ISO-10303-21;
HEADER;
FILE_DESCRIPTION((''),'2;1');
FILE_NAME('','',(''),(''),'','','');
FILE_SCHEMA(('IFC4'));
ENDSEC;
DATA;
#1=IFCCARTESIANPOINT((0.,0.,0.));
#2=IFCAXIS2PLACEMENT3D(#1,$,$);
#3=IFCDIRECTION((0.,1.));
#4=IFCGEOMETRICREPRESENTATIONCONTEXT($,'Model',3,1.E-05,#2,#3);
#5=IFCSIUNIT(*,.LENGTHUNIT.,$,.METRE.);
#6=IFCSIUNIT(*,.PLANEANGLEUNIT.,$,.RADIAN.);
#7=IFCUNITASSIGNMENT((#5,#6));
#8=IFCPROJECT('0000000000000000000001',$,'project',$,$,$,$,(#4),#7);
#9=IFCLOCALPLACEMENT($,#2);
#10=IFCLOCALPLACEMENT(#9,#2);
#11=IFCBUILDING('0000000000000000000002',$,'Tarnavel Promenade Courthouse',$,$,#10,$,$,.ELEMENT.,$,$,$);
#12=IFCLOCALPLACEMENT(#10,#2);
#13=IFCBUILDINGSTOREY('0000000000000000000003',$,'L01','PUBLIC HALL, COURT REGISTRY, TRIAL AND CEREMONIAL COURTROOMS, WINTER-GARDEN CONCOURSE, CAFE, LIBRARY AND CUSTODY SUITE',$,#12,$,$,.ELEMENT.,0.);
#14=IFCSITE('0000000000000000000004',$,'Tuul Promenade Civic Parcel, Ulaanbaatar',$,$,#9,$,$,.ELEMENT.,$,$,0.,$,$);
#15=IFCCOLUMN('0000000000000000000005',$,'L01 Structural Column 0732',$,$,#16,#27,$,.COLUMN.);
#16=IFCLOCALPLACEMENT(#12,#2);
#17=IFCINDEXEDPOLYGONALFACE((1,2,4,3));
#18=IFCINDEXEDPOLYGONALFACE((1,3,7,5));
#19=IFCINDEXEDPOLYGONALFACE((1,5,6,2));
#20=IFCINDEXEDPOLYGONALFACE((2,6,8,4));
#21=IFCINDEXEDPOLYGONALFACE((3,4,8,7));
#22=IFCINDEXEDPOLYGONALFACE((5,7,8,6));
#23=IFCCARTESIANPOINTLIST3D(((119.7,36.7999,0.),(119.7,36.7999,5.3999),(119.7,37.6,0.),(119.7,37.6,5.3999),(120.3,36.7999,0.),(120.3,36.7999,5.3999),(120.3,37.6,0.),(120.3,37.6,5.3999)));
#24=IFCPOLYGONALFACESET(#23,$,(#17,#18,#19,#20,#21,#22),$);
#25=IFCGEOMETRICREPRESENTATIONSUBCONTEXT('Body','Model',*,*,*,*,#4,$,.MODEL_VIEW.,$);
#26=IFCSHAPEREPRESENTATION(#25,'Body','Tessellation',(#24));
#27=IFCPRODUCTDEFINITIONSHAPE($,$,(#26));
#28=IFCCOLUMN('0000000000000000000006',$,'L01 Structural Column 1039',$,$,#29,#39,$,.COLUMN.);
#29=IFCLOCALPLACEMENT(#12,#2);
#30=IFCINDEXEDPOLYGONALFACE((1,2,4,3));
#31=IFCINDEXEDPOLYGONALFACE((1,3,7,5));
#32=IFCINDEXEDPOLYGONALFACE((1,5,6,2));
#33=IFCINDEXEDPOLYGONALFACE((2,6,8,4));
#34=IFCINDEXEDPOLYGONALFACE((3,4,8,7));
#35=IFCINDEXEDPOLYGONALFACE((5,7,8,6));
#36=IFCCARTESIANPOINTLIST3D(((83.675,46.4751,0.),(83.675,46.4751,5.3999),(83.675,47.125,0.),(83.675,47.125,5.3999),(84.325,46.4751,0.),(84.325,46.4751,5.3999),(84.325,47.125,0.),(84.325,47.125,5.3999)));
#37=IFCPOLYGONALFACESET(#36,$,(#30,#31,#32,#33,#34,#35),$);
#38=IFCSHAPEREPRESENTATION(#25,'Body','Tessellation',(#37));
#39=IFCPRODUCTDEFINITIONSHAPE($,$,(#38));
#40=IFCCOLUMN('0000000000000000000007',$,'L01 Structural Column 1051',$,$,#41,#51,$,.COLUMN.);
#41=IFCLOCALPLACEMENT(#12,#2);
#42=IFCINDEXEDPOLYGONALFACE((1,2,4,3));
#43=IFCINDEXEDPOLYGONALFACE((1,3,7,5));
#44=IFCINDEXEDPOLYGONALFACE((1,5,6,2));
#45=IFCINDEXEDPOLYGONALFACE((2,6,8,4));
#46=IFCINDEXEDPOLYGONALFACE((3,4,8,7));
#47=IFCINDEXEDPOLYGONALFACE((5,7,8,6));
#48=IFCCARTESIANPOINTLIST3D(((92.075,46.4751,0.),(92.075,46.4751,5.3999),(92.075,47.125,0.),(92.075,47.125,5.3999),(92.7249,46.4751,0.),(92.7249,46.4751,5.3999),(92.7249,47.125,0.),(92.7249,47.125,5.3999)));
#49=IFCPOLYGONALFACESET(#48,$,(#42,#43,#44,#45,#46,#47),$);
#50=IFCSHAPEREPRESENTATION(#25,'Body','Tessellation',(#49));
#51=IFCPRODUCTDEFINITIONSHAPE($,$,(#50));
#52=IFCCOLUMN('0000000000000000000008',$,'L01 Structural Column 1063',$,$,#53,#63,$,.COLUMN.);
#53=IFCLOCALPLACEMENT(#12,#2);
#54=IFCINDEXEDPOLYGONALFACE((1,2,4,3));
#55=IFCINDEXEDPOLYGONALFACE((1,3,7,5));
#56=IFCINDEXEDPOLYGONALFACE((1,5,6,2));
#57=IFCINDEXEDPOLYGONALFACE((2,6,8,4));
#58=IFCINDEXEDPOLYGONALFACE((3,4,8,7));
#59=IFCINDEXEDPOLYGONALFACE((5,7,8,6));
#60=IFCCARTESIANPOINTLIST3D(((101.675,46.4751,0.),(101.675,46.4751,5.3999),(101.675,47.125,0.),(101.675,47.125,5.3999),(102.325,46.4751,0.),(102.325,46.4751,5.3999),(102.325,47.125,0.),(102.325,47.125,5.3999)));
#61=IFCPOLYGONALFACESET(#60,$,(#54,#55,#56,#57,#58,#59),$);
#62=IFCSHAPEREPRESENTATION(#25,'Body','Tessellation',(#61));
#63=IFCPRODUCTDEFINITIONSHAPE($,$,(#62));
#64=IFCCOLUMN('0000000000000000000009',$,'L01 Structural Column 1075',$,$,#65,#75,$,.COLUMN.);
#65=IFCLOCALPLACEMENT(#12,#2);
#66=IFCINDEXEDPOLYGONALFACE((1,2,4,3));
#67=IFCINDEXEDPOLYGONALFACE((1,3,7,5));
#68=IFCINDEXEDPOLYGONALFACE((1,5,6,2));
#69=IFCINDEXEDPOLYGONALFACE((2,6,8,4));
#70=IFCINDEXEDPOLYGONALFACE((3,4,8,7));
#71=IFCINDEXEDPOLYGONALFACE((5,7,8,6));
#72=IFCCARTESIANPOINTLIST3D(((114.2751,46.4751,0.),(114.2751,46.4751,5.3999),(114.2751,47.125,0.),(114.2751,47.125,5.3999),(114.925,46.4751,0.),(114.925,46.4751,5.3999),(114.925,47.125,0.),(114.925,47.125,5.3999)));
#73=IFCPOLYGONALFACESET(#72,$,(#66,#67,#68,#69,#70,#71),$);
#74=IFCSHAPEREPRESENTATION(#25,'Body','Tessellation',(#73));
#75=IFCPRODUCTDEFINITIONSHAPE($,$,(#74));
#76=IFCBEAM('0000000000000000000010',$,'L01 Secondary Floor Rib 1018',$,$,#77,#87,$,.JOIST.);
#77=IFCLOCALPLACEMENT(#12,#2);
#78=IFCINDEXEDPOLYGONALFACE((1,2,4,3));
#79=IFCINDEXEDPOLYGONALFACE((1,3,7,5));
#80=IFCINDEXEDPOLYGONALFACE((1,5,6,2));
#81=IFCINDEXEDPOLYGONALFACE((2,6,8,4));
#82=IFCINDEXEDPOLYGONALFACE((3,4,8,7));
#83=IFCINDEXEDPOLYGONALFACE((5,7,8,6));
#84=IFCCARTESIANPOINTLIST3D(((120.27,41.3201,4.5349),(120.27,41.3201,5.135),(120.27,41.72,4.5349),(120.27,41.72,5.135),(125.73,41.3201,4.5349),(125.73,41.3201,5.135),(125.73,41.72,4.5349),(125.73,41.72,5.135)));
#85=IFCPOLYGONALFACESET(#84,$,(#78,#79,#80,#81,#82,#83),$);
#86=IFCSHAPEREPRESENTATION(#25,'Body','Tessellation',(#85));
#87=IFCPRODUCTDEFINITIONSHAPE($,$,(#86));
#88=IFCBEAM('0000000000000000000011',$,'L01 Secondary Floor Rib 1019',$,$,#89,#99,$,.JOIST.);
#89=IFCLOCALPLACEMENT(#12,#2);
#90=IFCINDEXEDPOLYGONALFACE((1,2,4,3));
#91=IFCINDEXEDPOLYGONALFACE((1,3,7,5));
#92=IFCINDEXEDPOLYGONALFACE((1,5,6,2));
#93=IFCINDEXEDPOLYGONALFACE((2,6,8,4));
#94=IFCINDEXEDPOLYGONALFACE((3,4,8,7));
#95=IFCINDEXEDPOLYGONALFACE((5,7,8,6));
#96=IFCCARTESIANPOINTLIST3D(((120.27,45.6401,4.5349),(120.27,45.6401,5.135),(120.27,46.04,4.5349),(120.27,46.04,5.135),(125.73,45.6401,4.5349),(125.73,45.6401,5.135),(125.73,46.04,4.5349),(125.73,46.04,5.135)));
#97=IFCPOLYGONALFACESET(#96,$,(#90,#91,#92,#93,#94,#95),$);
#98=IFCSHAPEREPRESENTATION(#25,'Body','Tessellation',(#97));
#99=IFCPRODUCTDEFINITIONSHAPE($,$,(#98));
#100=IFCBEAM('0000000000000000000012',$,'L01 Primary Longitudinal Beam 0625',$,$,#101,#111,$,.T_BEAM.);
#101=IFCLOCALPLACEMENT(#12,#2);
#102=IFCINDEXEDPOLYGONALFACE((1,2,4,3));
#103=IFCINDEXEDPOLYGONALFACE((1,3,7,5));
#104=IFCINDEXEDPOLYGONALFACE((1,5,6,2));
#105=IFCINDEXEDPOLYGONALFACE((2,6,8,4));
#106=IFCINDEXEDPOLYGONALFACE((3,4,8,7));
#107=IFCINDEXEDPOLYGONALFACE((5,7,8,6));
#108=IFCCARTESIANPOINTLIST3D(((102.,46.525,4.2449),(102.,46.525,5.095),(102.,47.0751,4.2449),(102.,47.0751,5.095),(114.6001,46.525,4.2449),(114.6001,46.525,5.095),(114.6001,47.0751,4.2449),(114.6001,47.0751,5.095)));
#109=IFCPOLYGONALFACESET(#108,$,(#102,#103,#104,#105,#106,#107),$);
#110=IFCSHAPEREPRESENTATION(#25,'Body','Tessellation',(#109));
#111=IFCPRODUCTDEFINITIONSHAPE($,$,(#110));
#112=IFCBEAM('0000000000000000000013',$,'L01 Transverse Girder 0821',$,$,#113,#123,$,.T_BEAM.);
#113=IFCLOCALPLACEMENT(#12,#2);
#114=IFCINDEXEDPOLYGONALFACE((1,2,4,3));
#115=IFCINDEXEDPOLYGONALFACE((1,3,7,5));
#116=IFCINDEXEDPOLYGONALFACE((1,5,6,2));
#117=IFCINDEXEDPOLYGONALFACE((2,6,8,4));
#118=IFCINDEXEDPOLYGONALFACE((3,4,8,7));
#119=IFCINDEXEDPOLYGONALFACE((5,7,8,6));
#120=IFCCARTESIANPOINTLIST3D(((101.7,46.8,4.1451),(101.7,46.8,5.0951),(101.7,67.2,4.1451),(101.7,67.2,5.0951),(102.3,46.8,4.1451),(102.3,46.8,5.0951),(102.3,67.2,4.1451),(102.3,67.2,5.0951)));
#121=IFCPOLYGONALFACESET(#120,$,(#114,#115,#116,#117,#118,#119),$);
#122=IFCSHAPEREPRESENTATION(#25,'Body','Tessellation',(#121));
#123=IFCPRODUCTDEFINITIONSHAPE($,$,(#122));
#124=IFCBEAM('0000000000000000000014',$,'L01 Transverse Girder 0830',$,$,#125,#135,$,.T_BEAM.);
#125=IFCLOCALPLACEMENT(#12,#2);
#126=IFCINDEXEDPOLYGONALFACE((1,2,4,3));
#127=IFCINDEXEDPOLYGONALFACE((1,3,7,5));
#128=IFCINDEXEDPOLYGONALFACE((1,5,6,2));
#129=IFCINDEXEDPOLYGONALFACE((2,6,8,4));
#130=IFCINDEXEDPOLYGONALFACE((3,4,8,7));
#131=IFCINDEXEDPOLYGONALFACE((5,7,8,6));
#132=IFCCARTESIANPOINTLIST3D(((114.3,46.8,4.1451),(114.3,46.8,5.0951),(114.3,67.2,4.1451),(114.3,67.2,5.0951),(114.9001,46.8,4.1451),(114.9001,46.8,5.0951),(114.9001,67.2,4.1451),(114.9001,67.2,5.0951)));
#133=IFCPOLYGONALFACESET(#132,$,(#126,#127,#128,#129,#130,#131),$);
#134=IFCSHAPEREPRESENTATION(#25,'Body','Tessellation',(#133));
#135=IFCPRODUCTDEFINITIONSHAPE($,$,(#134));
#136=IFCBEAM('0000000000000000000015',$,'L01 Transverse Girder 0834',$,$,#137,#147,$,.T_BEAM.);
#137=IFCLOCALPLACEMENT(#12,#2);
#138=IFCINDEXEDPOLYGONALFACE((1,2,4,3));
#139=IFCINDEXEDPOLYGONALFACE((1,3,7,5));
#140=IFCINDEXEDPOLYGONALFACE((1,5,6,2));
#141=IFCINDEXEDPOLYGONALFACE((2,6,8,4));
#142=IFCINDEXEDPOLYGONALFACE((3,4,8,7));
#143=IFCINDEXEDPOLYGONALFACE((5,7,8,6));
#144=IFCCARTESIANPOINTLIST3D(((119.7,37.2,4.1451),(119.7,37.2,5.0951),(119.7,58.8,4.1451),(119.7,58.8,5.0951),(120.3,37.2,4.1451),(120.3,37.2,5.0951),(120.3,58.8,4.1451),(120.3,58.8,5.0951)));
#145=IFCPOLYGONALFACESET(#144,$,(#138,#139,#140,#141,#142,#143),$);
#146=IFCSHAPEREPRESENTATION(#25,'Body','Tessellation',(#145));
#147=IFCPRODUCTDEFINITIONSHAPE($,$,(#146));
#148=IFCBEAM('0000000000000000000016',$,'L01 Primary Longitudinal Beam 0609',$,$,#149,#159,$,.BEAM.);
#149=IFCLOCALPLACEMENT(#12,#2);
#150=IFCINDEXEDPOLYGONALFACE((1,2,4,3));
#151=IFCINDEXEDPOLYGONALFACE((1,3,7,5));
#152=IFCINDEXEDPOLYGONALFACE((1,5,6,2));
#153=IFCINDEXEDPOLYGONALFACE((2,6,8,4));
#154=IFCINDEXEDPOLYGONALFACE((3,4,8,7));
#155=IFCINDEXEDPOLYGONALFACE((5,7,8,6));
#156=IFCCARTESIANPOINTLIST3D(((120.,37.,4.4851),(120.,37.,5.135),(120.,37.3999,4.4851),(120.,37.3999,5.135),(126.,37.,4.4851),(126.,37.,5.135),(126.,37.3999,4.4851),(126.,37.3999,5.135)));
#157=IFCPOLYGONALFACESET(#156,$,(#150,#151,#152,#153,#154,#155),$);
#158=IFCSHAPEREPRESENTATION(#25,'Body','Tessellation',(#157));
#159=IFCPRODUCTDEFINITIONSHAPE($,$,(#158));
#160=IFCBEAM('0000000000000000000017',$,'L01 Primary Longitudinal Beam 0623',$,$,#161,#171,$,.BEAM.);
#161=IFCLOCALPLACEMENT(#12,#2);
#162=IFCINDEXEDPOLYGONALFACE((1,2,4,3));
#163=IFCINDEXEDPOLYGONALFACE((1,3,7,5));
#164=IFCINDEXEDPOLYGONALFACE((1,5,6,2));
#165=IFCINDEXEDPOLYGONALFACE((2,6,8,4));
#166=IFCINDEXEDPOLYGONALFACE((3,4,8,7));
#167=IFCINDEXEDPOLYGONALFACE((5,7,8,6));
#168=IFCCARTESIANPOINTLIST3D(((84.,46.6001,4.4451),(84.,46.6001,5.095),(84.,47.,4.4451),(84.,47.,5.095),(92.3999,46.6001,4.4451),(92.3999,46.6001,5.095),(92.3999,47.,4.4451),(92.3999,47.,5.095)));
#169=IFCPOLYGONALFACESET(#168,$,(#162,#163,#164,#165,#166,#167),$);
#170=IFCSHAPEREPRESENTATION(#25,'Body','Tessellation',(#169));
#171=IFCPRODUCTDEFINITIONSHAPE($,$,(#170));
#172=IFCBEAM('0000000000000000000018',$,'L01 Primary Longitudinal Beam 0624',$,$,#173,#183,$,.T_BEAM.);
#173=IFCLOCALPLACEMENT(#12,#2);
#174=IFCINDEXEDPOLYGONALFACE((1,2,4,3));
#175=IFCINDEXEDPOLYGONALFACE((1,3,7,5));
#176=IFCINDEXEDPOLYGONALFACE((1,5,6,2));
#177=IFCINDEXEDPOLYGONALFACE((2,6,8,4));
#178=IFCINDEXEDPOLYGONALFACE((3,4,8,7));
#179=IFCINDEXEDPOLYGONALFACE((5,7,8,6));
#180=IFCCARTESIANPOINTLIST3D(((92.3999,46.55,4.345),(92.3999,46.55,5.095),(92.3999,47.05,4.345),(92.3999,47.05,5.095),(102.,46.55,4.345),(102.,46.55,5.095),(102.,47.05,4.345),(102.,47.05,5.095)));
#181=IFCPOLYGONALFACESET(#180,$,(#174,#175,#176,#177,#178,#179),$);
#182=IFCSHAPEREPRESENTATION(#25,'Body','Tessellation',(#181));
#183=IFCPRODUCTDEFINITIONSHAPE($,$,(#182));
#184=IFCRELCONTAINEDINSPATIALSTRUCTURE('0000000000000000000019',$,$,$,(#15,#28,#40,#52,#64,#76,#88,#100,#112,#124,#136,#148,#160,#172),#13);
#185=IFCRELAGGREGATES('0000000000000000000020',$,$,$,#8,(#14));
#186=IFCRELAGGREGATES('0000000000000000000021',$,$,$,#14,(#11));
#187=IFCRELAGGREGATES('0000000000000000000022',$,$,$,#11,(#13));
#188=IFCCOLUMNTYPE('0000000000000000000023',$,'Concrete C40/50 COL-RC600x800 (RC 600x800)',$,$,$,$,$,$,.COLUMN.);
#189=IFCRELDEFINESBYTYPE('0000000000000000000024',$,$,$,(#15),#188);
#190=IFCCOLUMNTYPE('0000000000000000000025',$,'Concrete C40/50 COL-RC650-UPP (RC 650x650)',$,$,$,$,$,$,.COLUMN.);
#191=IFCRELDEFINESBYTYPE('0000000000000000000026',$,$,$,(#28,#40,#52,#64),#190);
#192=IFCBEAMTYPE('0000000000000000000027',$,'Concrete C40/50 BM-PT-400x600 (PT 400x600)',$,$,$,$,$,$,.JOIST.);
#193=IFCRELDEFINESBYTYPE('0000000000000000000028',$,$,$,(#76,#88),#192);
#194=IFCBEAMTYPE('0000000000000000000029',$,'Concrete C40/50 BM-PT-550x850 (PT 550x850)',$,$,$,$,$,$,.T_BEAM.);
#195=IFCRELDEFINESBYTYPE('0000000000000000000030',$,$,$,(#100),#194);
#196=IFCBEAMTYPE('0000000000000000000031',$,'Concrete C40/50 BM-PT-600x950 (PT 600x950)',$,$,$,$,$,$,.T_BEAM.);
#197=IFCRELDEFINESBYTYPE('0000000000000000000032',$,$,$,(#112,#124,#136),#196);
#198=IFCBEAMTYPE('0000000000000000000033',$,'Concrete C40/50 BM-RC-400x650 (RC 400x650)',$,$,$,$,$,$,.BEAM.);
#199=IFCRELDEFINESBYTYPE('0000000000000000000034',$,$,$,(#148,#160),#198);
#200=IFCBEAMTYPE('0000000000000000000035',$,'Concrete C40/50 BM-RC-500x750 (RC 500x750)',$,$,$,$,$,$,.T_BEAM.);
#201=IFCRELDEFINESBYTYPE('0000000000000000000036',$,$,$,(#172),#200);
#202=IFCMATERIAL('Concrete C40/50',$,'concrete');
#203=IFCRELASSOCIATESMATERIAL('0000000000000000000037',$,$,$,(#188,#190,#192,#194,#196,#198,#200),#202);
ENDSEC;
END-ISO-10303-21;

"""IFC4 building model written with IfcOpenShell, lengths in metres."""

from ifc_helpers import new_model, si_unit, direction, frame, origin, origin_2d, place, context, subcontext, project, spatial, rectangle, extrude, material, material_profile, profile_set, type_object, element, save


model = new_model("IFC4")

# Units and contexts
model_context = context("Model", 3, precision=1e-05, world=origin(), true_north=direction((0.0, 1.0)))
body_context = subcontext(model_context, "Body", "Model", "MODEL_VIEW")
ifc_project = project(units=[si_unit("LENGTHUNIT", "METRE"), si_unit("PLANEANGLEUNIT", "RADIAN")], contexts=[model_context])

# Site, building, storey
site_placement = place(None, origin())
site = spatial("IfcSite", under=ifc_project, at=site_placement, Name="Tuul Promenade Civic Parcel, Ulaanbaatar", CompositionType="ELEMENT", RefElevation=0.0)
building_placement = place(site_placement, origin())
building = spatial("IfcBuilding", under=site, at=building_placement, Name="Tarnavel Promenade Courthouse", CompositionType="ELEMENT")
storey_placement = place(building_placement, origin())
storey = spatial("IfcBuildingStorey", under=building, at=storey_placement, Name="L01", Description="PUBLIC HALL, COURT REGISTRY, TRIAL AND CEREMONIAL COURTROOMS, WINTER-GARDEN CONCOURSE, CAFE, LIBRARY AND CUSTODY SUITE", CompositionType="ELEMENT", Elevation=0.0)

# Columns
ifc_material_1 = material(Name="Concrete C40/50", Category="concrete")
ifc_material_profile_1 = material_profile(ifc_material_1, rectangle(XDim=0.6001, YDim=0.8, at=origin_2d()), Name="RC 600x800")
ifc_profile_set_1 = profile_set([ifc_material_profile_1], Name="Concrete C40/50")
column_type_1 = type_object("IfcColumnType", Name="Concrete C40/50 COL-RC600x800 (RC 600x800)", PredefinedType="COLUMN", material=ifc_profile_set_1)
column_placement = place(storey_placement, frame((120.0, 37.2, 0.0), z_axis=(0.0, 0.0, 1.0), x_axis=(1.0, 0.0, 0.0)))
element("IfcColumn", 1, at=column_placement, inside=storey, type_object=column_type_1, Name="L01 Structural Column 0732", PredefinedType="COLUMN", context=body_context, shape_type="SweptSolid", body=[
    extrude(rectangle(XDim=0.6001, YDim=0.8, at=origin_2d()), origin(), (0.0, 0.0, 1.0), 5.3999),
])
ifc_material_profile_2 = material_profile(ifc_material_1, rectangle(XDim=0.6499, YDim=0.6499, at=origin_2d()), Name="RC 650x650")
ifc_profile_set_2 = profile_set([ifc_material_profile_2], Name="Concrete C40/50")
column_type_2 = type_object("IfcColumnType", Name="Concrete C40/50 COL-RC650-UPP (RC 650x650)", PredefinedType="COLUMN", material=ifc_profile_set_2)
for number, where, z_axis, x_axis, name in (
    (2, (84.0, 46.8, 0.0), (0.0, 0.0, 1.0), (1.0, 0.0, 0.0), "L01 Structural Column 1039"),
    (3, (92.3999, 46.8, 0.0), (0.0, 0.0, 1.0), (1.0, 0.0, 0.0), "L01 Structural Column 1051"),
    (4, (102.0, 46.8, 0.0), (0.0, 0.0, 1.0), (1.0, 0.0, 0.0), "L01 Structural Column 1063"),
    (5, (114.6001, 46.8, 0.0), (0.0, 0.0, 1.0), (1.0, 0.0, 0.0), "L01 Structural Column 1075"),
):
    element("IfcColumn", number, at=place(storey_placement, frame(where, z_axis=z_axis, x_axis=x_axis)), inside=storey, type_object=column_type_2, Name=name, PredefinedType="COLUMN", context=body_context, shape_type="SweptSolid", body=[
        extrude(rectangle(XDim=0.6499, YDim=0.6499, at=origin_2d()), origin(), (0.0, 0.0, 1.0), 5.3999),
    ])

# Beams
ifc_material_profile_3 = material_profile(ifc_material_1, rectangle(XDim=0.3999, YDim=0.6001, at=origin_2d()), Name="PT 400x600")
ifc_profile_set_3 = profile_set([ifc_material_profile_3], Name="Concrete C40/50")
beam_type_1 = type_object("IfcBeamType", Name="Concrete C40/50 BM-PT-400x600 (PT 400x600)", PredefinedType="JOIST", material=ifc_profile_set_3)
for number, where, z_axis, x_axis, name in (
    (6, (120.27, 41.52, 4.835), (1.0, 0.0, 0.0), (0.0, 1.0, 0.0), "L01 Secondary Floor Rib 1018"),
    (7, (120.27, 45.8401, 4.835), (1.0, 0.0, 0.0), (0.0, 1.0, 0.0), "L01 Secondary Floor Rib 1019"),
):
    element("IfcBeam", number, at=place(storey_placement, frame(where, z_axis=z_axis, x_axis=x_axis)), inside=storey, type_object=beam_type_1, Name=name, PredefinedType="JOIST", context=body_context, shape_type="SweptSolid", body=[
        extrude(rectangle(XDim=0.3999, YDim=0.6001, at=origin_2d()), origin(), (0.0, 0.0, 1.0), 5.46),
    ])
ifc_material_profile_4 = material_profile(ifc_material_1, rectangle(XDim=0.55, YDim=0.8501, at=origin_2d()), Name="PT 550x850")
ifc_profile_set_4 = profile_set([ifc_material_profile_4], Name="Concrete C40/50")
beam_type_2 = type_object("IfcBeamType", Name="Concrete C40/50 BM-PT-550x850 (PT 550x850)", PredefinedType="T_BEAM", material=ifc_profile_set_4)
beam_1_placement = place(storey_placement, frame((102.0, 46.8, 4.6699), z_axis=(1.0, 0.0, 0.0), x_axis=(0.0, 1.0, 0.0)))
element("IfcBeam", 8, at=beam_1_placement, inside=storey, type_object=beam_type_2, Name="L01 Primary Longitudinal Beam 0625", PredefinedType="T_BEAM", context=body_context, shape_type="SweptSolid", body=[
    extrude(rectangle(XDim=0.55, YDim=0.8501, at=origin_2d()), origin(), (0.0, 0.0, 1.0), 12.6001),
])
ifc_material_profile_5 = material_profile(ifc_material_1, rectangle(XDim=0.6001, YDim=0.95, at=origin_2d()), Name="PT 600x950")
ifc_profile_set_5 = profile_set([ifc_material_profile_5], Name="Concrete C40/50")
beam_type_3 = type_object("IfcBeamType", Name="Concrete C40/50 BM-PT-600x950 (PT 600x950)", PredefinedType="T_BEAM", material=ifc_profile_set_5)
for number, where, z_axis, x_axis, name in (
    (9, (102.0, 46.8, 4.6201), (0.0, 1.0, 0.0), (-1.0, 0.0, 0.0), "L01 Transverse Girder 0821"),
    (10, (114.6001, 46.8, 4.6201), (0.0, 1.0, 0.0), (-1.0, 0.0, 0.0), "L01 Transverse Girder 0830"),
):
    element("IfcBeam", number, at=place(storey_placement, frame(where, z_axis=z_axis, x_axis=x_axis)), inside=storey, type_object=beam_type_3, Name=name, PredefinedType="T_BEAM", context=body_context, shape_type="SweptSolid", body=[
        extrude(rectangle(XDim=0.6001, YDim=0.95, at=origin_2d()), origin(), (0.0, 0.0, 1.0), 20.3999),
    ])
beam_2_placement = place(storey_placement, frame((120.0, 37.2, 4.6201), z_axis=(0.0, 1.0, 0.0), x_axis=(-1.0, 0.0, 0.0)))
element("IfcBeam", 11, at=beam_2_placement, inside=storey, type_object=beam_type_3, Name="L01 Transverse Girder 0834", PredefinedType="T_BEAM", context=body_context, shape_type="SweptSolid", body=[
    extrude(rectangle(XDim=0.6001, YDim=0.95, at=origin_2d()), origin(), (0.0, 0.0, 1.0), 21.6001),
])
ifc_material_profile_6 = material_profile(ifc_material_1, rectangle(XDim=0.3999, YDim=0.6499, at=origin_2d()), Name="RC 400x650")
ifc_profile_set_6 = profile_set([ifc_material_profile_6], Name="Concrete C40/50")
beam_type_4 = type_object("IfcBeamType", Name="Concrete C40/50 BM-RC-400x650 (RC 400x650)", PredefinedType="BEAM", material=ifc_profile_set_6)
beam_3_placement = place(storey_placement, frame((120.0, 37.2, 4.8101), z_axis=(1.0, 0.0, 0.0), x_axis=(0.0, 1.0, 0.0)))
element("IfcBeam", 12, at=beam_3_placement, inside=storey, type_object=beam_type_4, Name="L01 Primary Longitudinal Beam 0609", PredefinedType="BEAM", context=body_context, shape_type="SweptSolid", body=[
    extrude(rectangle(XDim=0.3999, YDim=0.6499, at=origin_2d()), origin(), (0.0, 0.0, 1.0), 6.0),
])
beam_4_placement = place(storey_placement, frame((84.0, 46.8, 4.77), z_axis=(1.0, 0.0, 0.0), x_axis=(0.0, 1.0, 0.0)))
element("IfcBeam", 13, at=beam_4_placement, inside=storey, type_object=beam_type_4, Name="L01 Primary Longitudinal Beam 0623", PredefinedType="BEAM", context=body_context, shape_type="SweptSolid", body=[
    extrude(rectangle(XDim=0.3999, YDim=0.6499, at=origin_2d()), origin(), (0.0, 0.0, 1.0), 8.3999),
])
ifc_material_profile_7 = material_profile(ifc_material_1, rectangle(XDim=0.5, YDim=0.75, at=origin_2d()), Name="RC 500x750")
ifc_profile_set_7 = profile_set([ifc_material_profile_7], Name="Concrete C40/50")
beam_type_5 = type_object("IfcBeamType", Name="Concrete C40/50 BM-RC-500x750 (RC 500x750)", PredefinedType="T_BEAM", material=ifc_profile_set_7)
beam_5_placement = place(storey_placement, frame((92.3999, 46.8, 4.72), z_axis=(1.0, 0.0, 0.0), x_axis=(0.0, 1.0, 0.0)))
element("IfcBeam", 14, at=beam_5_placement, inside=storey, type_object=beam_type_5, Name="L01 Primary Longitudinal Beam 0624", PredefinedType="T_BEAM", context=body_context, shape_type="SweptSolid", body=[
    extrude(rectangle(XDim=0.5, YDim=0.75, at=origin_2d()), origin(), (0.0, 0.0, 1.0), 9.6001),
])

save(model, "model.ifc")
